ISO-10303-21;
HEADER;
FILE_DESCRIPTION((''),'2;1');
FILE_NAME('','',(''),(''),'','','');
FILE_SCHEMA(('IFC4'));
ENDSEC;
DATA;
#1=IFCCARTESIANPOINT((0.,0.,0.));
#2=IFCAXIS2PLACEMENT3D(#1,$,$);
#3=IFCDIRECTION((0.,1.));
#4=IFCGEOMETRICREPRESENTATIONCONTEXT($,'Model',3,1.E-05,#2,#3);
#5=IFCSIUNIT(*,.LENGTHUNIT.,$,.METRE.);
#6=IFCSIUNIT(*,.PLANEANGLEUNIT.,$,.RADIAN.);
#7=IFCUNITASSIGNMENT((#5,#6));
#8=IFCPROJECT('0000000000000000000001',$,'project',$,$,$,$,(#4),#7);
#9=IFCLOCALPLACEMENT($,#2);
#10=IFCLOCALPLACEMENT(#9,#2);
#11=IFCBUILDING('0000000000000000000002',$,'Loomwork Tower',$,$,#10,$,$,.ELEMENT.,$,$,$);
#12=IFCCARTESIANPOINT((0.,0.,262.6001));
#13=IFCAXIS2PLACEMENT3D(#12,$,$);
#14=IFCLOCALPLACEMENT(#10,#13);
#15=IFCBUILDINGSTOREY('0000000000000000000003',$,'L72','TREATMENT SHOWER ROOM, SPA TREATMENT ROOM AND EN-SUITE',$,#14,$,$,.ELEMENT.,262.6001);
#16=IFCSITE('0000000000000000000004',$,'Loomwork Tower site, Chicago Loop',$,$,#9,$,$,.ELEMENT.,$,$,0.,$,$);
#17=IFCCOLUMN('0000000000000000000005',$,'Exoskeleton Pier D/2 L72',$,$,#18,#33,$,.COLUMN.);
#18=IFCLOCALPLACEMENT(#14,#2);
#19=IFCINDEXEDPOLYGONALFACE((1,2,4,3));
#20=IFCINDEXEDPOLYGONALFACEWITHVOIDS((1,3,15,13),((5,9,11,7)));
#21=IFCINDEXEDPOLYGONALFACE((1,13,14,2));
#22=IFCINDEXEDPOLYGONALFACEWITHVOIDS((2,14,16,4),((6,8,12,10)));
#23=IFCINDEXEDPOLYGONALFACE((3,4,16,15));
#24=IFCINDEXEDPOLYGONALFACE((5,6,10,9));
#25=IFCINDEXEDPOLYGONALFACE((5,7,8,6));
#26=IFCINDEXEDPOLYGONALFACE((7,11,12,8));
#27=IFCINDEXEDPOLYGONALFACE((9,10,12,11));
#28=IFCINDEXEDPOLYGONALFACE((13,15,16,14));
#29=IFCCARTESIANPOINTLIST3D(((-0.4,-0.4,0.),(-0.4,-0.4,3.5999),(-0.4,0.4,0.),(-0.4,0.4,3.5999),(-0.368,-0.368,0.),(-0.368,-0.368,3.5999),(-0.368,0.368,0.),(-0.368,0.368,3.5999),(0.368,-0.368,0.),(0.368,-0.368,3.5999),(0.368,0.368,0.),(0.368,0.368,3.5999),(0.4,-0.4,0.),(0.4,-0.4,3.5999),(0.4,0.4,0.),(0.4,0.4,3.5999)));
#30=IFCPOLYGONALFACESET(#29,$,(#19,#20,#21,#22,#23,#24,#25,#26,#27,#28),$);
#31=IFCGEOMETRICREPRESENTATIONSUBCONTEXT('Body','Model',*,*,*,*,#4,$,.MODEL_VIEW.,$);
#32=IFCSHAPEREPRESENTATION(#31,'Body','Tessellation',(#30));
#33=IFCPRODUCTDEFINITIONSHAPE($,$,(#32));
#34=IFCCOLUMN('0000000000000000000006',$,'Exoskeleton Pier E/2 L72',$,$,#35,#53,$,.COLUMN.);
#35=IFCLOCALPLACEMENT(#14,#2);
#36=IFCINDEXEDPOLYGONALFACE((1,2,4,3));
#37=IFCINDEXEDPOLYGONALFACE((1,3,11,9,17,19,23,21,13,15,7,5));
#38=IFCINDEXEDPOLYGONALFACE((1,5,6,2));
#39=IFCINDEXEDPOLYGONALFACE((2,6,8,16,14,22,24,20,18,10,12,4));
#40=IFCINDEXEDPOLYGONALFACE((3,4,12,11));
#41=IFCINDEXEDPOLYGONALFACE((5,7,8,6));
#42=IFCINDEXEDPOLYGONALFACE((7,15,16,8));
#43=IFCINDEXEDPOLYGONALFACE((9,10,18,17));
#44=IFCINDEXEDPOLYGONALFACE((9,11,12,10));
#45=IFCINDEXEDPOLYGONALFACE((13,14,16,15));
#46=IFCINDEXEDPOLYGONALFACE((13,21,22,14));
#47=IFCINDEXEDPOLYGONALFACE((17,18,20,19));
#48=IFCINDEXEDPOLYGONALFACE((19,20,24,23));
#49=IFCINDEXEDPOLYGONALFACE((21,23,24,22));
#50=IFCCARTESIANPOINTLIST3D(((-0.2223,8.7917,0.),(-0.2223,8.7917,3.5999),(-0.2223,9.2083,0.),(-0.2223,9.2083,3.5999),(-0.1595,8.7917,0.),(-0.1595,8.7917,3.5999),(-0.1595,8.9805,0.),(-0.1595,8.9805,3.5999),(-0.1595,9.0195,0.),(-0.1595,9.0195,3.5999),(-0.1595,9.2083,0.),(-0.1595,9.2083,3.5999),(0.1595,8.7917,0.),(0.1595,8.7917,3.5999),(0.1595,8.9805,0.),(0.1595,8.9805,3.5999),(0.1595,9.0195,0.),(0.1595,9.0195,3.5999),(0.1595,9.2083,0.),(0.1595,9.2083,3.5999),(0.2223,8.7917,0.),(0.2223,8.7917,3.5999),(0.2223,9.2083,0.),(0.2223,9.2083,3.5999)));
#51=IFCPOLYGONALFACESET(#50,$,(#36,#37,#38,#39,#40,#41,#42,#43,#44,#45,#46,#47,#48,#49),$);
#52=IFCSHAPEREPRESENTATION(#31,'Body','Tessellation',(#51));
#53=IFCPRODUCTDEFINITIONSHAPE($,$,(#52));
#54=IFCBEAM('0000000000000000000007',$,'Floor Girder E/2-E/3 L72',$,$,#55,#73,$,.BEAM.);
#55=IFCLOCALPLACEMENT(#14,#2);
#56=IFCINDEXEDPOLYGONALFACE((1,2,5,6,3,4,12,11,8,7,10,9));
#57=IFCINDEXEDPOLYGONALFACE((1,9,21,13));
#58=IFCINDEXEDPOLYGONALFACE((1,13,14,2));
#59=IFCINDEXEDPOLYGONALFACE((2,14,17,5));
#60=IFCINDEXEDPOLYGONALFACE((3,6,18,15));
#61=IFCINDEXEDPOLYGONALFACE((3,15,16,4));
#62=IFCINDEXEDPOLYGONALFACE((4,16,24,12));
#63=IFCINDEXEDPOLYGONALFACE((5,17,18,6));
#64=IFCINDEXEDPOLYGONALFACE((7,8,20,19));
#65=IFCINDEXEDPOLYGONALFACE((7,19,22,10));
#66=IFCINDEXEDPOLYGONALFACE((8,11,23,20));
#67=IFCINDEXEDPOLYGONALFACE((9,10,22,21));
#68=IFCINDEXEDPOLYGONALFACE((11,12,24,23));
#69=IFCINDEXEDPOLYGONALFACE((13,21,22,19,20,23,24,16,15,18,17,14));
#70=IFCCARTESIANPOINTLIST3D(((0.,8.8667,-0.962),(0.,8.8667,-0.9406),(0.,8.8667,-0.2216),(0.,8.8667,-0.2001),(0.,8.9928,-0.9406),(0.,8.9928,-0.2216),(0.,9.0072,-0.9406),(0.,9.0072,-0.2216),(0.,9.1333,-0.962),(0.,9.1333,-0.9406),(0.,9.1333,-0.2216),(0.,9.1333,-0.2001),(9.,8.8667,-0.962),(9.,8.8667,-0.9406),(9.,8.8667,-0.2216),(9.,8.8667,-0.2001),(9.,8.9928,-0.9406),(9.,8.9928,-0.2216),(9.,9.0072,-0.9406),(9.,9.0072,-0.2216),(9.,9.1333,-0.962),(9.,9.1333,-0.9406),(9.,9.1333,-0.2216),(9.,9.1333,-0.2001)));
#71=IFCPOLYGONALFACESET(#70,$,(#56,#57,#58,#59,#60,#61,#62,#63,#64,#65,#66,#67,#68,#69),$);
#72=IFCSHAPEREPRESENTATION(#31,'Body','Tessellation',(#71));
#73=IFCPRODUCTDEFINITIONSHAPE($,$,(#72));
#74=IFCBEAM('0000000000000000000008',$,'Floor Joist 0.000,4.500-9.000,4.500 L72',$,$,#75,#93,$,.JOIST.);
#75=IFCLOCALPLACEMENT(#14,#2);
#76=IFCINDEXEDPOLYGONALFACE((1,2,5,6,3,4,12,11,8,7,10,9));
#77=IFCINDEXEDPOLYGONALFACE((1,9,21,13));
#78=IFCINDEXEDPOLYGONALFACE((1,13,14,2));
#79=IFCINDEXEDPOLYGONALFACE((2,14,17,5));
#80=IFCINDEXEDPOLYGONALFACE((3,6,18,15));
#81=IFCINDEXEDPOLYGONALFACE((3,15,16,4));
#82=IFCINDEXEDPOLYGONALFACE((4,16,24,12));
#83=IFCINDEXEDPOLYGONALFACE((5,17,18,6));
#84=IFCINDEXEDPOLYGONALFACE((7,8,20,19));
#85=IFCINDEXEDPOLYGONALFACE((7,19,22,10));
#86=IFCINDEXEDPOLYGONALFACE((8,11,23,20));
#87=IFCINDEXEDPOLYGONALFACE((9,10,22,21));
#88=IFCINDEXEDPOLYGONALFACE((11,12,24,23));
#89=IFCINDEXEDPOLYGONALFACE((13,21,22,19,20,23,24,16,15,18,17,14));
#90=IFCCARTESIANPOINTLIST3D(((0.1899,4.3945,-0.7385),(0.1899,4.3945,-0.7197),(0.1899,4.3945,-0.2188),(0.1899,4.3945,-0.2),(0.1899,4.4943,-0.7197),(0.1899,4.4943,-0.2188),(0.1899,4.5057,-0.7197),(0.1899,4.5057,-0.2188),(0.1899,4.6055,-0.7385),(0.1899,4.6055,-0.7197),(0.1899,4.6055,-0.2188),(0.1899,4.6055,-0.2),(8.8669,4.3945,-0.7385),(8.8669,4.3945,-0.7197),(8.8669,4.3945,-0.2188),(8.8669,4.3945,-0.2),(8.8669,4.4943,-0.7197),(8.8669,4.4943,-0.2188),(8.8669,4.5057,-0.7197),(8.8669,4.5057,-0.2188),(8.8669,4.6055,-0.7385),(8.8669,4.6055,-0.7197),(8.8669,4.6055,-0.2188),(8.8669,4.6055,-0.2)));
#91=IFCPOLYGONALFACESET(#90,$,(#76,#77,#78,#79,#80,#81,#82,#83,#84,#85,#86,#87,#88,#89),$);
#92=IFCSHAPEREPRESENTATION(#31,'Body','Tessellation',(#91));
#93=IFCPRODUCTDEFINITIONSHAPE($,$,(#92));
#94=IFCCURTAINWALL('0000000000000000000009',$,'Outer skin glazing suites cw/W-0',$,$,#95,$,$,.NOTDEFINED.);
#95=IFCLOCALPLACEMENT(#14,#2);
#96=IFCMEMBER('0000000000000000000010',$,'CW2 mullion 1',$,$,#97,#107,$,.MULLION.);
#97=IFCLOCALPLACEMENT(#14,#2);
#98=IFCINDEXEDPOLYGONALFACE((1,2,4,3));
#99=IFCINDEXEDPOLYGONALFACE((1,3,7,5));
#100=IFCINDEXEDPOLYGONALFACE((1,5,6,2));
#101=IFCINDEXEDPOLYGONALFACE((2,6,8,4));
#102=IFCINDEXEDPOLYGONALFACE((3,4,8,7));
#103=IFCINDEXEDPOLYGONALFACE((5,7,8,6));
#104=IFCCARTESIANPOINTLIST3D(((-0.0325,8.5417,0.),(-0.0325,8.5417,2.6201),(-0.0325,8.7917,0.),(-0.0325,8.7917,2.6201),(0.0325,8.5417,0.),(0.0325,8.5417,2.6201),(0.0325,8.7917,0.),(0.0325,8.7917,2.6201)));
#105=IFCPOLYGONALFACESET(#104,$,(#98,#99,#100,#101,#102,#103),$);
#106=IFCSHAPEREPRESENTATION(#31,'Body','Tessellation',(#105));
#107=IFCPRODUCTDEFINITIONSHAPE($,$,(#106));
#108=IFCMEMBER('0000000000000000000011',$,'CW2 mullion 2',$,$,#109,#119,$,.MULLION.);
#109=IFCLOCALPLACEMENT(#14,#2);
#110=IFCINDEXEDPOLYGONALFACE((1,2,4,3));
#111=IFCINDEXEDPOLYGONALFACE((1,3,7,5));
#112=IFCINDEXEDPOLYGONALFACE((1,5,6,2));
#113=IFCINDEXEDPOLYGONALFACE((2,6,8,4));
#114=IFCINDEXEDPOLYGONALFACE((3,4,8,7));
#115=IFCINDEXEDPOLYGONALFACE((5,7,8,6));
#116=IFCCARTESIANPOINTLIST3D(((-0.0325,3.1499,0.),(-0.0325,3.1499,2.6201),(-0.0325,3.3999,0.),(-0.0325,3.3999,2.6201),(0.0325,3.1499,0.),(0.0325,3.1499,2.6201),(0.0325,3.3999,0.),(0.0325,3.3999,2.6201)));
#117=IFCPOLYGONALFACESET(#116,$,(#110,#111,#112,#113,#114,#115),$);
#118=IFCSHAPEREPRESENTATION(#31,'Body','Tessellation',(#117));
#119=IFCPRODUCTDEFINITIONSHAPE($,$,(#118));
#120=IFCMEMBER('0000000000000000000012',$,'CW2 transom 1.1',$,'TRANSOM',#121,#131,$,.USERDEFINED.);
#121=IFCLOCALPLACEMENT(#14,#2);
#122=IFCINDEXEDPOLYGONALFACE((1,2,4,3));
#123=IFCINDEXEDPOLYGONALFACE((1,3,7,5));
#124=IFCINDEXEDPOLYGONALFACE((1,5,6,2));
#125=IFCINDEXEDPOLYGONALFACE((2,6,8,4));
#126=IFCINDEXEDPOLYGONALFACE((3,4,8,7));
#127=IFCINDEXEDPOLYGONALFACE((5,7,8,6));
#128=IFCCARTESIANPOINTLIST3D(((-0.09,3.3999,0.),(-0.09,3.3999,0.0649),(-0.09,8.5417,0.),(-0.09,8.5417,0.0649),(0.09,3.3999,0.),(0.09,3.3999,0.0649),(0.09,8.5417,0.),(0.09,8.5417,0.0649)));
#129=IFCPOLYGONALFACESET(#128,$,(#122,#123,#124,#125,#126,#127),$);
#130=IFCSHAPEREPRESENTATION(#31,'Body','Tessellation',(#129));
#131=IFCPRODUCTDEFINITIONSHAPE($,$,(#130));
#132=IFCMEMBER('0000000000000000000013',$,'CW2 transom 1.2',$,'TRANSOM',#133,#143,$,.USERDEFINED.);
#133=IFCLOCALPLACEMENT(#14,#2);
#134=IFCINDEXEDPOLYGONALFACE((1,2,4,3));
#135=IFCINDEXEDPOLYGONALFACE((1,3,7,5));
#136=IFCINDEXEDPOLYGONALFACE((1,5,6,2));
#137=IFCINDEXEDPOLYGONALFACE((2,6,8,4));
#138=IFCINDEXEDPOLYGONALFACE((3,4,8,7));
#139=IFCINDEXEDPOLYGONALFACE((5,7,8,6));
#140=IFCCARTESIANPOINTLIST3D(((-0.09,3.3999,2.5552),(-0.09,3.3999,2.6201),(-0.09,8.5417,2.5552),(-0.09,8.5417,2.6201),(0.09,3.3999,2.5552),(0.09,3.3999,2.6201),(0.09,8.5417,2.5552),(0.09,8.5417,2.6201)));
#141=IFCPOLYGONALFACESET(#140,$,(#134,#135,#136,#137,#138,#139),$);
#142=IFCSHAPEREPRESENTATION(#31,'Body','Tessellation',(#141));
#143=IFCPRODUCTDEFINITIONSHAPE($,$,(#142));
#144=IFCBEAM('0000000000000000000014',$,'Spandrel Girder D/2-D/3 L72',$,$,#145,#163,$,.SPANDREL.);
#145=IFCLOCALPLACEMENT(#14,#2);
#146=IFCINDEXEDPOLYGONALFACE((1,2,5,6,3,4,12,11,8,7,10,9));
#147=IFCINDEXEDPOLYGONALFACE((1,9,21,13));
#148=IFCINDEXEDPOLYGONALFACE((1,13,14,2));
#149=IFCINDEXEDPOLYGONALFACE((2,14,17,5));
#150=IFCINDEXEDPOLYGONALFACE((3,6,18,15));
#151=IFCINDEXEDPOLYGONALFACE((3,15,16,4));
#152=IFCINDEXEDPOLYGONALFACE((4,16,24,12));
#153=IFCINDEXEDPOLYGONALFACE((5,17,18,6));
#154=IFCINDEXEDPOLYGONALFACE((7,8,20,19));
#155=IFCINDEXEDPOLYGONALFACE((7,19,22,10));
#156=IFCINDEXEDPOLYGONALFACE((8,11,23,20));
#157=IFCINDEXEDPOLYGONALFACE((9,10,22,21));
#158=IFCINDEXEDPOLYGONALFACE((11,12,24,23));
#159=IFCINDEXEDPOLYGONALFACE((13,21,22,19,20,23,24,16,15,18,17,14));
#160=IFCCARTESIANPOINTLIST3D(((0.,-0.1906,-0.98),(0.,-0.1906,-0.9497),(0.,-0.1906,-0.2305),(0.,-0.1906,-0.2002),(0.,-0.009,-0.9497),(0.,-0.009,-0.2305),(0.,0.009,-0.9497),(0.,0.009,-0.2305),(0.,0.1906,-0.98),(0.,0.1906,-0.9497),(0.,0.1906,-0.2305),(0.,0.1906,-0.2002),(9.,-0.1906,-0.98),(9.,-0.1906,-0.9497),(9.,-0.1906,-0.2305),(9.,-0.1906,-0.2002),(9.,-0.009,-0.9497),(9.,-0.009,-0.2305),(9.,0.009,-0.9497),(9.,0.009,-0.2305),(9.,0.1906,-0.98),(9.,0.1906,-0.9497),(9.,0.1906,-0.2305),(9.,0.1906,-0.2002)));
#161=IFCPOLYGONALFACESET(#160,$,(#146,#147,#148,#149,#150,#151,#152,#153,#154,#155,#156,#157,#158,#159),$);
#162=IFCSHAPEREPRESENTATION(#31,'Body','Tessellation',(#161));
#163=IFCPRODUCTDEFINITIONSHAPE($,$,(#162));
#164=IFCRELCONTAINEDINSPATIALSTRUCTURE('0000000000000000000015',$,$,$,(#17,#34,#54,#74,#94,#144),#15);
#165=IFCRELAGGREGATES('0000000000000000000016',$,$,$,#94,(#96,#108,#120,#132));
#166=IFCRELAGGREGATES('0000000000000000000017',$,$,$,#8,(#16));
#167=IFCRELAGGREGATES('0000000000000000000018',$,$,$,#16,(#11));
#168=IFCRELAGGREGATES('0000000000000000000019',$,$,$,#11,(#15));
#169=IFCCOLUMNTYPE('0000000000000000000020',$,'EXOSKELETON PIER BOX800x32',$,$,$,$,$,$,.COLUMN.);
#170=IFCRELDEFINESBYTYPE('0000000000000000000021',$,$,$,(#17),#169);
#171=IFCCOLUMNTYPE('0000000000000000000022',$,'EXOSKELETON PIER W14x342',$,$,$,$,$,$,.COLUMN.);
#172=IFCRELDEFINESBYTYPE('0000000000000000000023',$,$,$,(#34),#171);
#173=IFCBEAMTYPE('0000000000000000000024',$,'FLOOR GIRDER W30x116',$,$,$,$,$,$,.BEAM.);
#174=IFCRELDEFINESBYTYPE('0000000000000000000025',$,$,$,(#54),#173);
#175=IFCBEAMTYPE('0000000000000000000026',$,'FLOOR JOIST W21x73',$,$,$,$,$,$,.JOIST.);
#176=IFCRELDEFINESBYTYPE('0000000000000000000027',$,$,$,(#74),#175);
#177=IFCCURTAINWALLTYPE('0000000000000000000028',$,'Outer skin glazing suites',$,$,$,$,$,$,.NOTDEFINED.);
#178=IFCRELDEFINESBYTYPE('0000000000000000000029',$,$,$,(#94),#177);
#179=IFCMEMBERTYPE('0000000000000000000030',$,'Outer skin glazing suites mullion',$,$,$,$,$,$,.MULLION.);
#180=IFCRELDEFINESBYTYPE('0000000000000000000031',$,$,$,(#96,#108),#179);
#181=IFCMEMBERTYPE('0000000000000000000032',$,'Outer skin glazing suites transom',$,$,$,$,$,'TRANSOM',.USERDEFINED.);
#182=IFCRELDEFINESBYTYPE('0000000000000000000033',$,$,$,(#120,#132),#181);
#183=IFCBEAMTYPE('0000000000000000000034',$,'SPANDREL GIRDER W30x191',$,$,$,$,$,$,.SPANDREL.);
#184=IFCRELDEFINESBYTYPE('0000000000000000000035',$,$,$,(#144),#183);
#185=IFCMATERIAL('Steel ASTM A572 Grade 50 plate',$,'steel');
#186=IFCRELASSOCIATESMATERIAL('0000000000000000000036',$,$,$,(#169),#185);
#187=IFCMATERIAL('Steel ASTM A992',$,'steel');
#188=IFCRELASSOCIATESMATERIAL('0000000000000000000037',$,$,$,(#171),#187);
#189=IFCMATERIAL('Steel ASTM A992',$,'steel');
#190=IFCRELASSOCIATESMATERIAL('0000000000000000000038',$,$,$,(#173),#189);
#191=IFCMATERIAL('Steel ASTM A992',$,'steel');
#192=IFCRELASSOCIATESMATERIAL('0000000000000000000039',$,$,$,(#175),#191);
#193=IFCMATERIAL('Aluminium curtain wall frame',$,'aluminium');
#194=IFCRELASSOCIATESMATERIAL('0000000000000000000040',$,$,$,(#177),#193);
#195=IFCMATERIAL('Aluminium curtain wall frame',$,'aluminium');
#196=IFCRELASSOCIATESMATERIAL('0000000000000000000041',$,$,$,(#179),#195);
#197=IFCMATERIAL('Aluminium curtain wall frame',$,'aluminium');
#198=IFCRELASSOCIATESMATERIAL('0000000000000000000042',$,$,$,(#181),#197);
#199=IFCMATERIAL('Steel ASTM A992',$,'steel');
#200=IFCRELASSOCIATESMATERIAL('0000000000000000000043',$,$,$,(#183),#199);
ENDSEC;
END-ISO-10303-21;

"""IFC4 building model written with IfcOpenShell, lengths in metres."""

from ifc_helpers import new_model, si_unit, direction, frame, origin, origin_with_axes, origin_2d, place, context, subcontext, project, spatial, rectangle, hollow_rectangle, i_section, extrude, material, material_profile, profile_set, type_object, element, aggregate, save


model = new_model("IFC4")

# Units and contexts
model_context = context("Model", 3, precision=1e-05, world=origin(), true_north=direction((0.0, 1.0)))
body_context = subcontext(model_context, "Body", "Model", "MODEL_VIEW")
ifc_project = project(units=[si_unit("LENGTHUNIT", "METRE"), si_unit("PLANEANGLEUNIT", "RADIAN")], contexts=[model_context])

# Site, building, storey
site_placement = place(None, origin())
site = spatial("IfcSite", under=ifc_project, at=site_placement, Name="Loomwork Tower site, Chicago Loop", CompositionType="ELEMENT", RefElevation=0.0)
building_placement = place(site_placement, origin())
building = spatial("IfcBuilding", under=site, at=building_placement, Name="Loomwork Tower", CompositionType="ELEMENT")
storey_placement = place(building_placement, frame((0.0, 0.0, 262.6001)))
storey = spatial("IfcBuildingStorey", under=building, at=storey_placement, Name="L72", Description="TREATMENT SHOWER ROOM, SPA TREATMENT ROOM AND EN-SUITE", CompositionType="ELEMENT", Elevation=262.6001)

# Columns
ifc_material_1 = material(Name="Steel ASTM A572 Grade 50 plate", Category="steel")
ifc_material_profile_1 = material_profile(ifc_material_1, hollow_rectangle(XDim=0.8, YDim=0.8, WallThickness=0.032, at=origin_2d()), Name="BOX800x32")
ifc_profile_set_1 = profile_set([ifc_material_profile_1], Name="Steel ASTM A572 Grade 50 plate")
column_type_1 = type_object("IfcColumnType", Name="EXOSKELETON PIER BOX800x32", PredefinedType="COLUMN", material=ifc_profile_set_1)
column_1_placement = place(storey_placement, origin_with_axes())
element("IfcColumn", 1, at=column_1_placement, inside=storey, type_object=column_type_1, Name="Exoskeleton Pier D/2 L72", PredefinedType="COLUMN", context=body_context, shape_type="SweptSolid", body=[
    extrude(hollow_rectangle(XDim=0.8, YDim=0.8, WallThickness=0.032, at=origin_2d()), origin(), (0.0, 0.0, 1.0), 3.5999),
])
ifc_material_2 = material(Name="Steel ASTM A992", Category="steel")
ifc_material_profile_2 = material_profile(ifc_material_2, i_section(OverallWidth=0.4165, OverallDepth=0.4446, WebThickness=0.0391, FlangeThickness=0.0627, at=origin_2d()), Name="W14x342")
ifc_profile_set_2 = profile_set([ifc_material_profile_2], Name="Steel ASTM A992")
column_type_2 = type_object("IfcColumnType", Name="EXOSKELETON PIER W14x342", PredefinedType="COLUMN", material=ifc_profile_set_2)
column_2_placement = place(storey_placement, frame((0.0, 9.0, 0.0), z_axis=(0.0, 0.0, 1.0), x_axis=(0.0, 1.0, 0.0)))
element("IfcColumn", 2, at=column_2_placement, inside=storey, type_object=column_type_2, Name="Exoskeleton Pier E/2 L72", PredefinedType="COLUMN", context=body_context, shape_type="SweptSolid", body=[
    extrude(i_section(OverallWidth=0.4165, OverallDepth=0.4446, WebThickness=0.0391, FlangeThickness=0.0627, at=origin_2d()), origin(), (0.0, 0.0, 1.0), 3.5999),
])

# Beams
ifc_material_3 = material(Name="Steel ASTM A992", Category="steel")
ifc_material_profile_3 = material_profile(ifc_material_3, i_section(OverallWidth=0.2666, OverallDepth=0.762, WebThickness=0.0144, FlangeThickness=0.0215, at=origin_2d()), Name="W30x116")
ifc_profile_set_3 = profile_set([ifc_material_profile_3], Name="Steel ASTM A992")
beam_type_1 = type_object("IfcBeamType", Name="FLOOR GIRDER W30x116", PredefinedType="BEAM", material=ifc_profile_set_3)
beam_1_placement = place(storey_placement, frame((0.0, 9.0, -0.5811), z_axis=(1.0, 0.0, 0.0), x_axis=(0.0, 1.0, 0.0)))
element("IfcBeam", 3, at=beam_1_placement, inside=storey, type_object=beam_type_1, Name="Floor Girder E/2-E/3 L72", PredefinedType="BEAM", context=body_context, shape_type="SweptSolid", body=[
    extrude(i_section(OverallWidth=0.2666, OverallDepth=0.762, WebThickness=0.0144, FlangeThickness=0.0215, at=origin_2d()), origin(), (0.0, 0.0, 1.0), 9.0),
])
ifc_material_4 = material(Name="Steel ASTM A992", Category="steel")
ifc_material_profile_4 = material_profile(ifc_material_4, i_section(OverallWidth=0.2109, OverallDepth=0.5386, WebThickness=0.0115, FlangeThickness=0.0188, at=origin_2d()), Name="W21x73")
ifc_profile_set_4 = profile_set([ifc_material_profile_4], Name="Steel ASTM A992")
beam_type_2 = type_object("IfcBeamType", Name="FLOOR JOIST W21x73", PredefinedType="JOIST", material=ifc_profile_set_4)
beam_2_placement = place(storey_placement, frame((0.1899, 4.5, -0.4692), z_axis=(1.0, 0.0, 0.0), x_axis=(0.0, 1.0, 0.0)))
element("IfcBeam", 4, at=beam_2_placement, inside=storey, type_object=beam_type_2, Name="Floor Joist 0.000,4.500-9.000,4.500 L72", PredefinedType="JOIST", context=body_context, shape_type="SweptSolid", body=[
    extrude(i_section(OverallWidth=0.2109, OverallDepth=0.5386, WebThickness=0.0115, FlangeThickness=0.0188, at=origin_2d()), origin(), (0.0, 0.0, 1.0), 8.677),
])

# Curtain wall, members
ifc_material_5 = material(Name="Aluminium curtain wall frame", Category="aluminium")
curtain_wall_type = type_object("IfcCurtainWallType", Name="Outer skin glazing suites", PredefinedType="NOTDEFINED", material=ifc_material_5)
curtain_wall_placement = place(storey_placement, origin())
curtain_wall = element("IfcCurtainWall", 5, at=curtain_wall_placement, inside=storey, type_object=curtain_wall_type, Name="Outer skin glazing suites cw/W-0", PredefinedType="NOTDEFINED")
ifc_material_6 = material(Name="Aluminium curtain wall frame", Category="aluminium")
ifc_material_profile_5 = material_profile(ifc_material_6, rectangle(XDim=0.0649, YDim=0.25, at=origin_2d()), Name="AL 65x250")
ifc_profile_set_5 = profile_set([ifc_material_profile_5], Name="Aluminium curtain wall frame")
member_type_1 = type_object("IfcMemberType", Name="Outer skin glazing suites mullion", PredefinedType="MULLION", material=ifc_profile_set_5)
member_1_placement = place(storey_placement, frame((0.0, 8.6667, 0.0), z_axis=(0.0, 0.0, 1.0), x_axis=(1.0, 0.0, 0.0)))
member_1 = element("IfcMember", 6, at=member_1_placement, type_object=member_type_1, Name="CW2 mullion 1", PredefinedType="MULLION", context=body_context, shape_type="SweptSolid", body=[
    extrude(rectangle(XDim=0.0649, YDim=0.25, at=origin_2d()), origin(), (0.0, 0.0, 1.0), 2.6201),
])
member_2_placement = place(storey_placement, frame((0.0, 3.2749, 0.0), z_axis=(0.0, 0.0, 1.0), x_axis=(1.0, 0.0, 0.0)))
member_2 = element("IfcMember", 7, at=member_2_placement, type_object=member_type_1, Name="CW2 mullion 2", PredefinedType="MULLION", context=body_context, shape_type="SweptSolid", body=[
    extrude(rectangle(XDim=0.0649, YDim=0.25, at=origin_2d()), origin(), (0.0, 0.0, 1.0), 2.6201),
])
ifc_material_7 = material(Name="Aluminium curtain wall frame", Category="aluminium")
ifc_material_profile_6 = material_profile(ifc_material_7, rectangle(XDim=0.1799, YDim=0.0649, at=origin_2d()), Name="AL 65x180")
ifc_profile_set_6 = profile_set([ifc_material_profile_6], Name="Aluminium curtain wall frame")
member_type_2 = type_object("IfcMemberType", Name="Outer skin glazing suites transom", ElementType="TRANSOM", PredefinedType="USERDEFINED", material=ifc_profile_set_6)
member_3_placement = place(storey_placement, frame((0.0, 8.5417, 0.0325), z_axis=(0.0, -1.0, 0.0), x_axis=(1.0, 0.0, 0.0)))
member_3 = element("IfcMember", 8, at=member_3_placement, type_object=member_type_2, Name="CW2 transom 1.1", ObjectType="TRANSOM", PredefinedType="USERDEFINED", context=body_context, shape_type="SweptSolid", body=[
    extrude(rectangle(XDim=0.1799, YDim=0.0649, at=origin_2d()), origin(), (0.0, 0.0, 1.0), 5.1418),
])
member_4_placement = place(storey_placement, frame((0.0, 8.5417, 2.5876), z_axis=(0.0, -1.0, 0.0), x_axis=(1.0, 0.0, 0.0)))
member_4 = element("IfcMember", 9, at=member_4_placement, type_object=member_type_2, Name="CW2 transom 1.2", ObjectType="TRANSOM", PredefinedType="USERDEFINED", context=body_context, shape_type="SweptSolid", body=[
    extrude(rectangle(XDim=0.1799, YDim=0.0649, at=origin_2d()), origin(), (0.0, 0.0, 1.0), 5.1418),
])

# Beam
ifc_material_8 = material(Name="Steel ASTM A992", Category="steel")
ifc_material_profile_7 = material_profile(ifc_material_8, i_section(OverallWidth=0.3811, OverallDepth=0.7798, WebThickness=0.0181, FlangeThickness=0.0303, at=origin_2d()), Name="W30x191")
ifc_profile_set_7 = profile_set([ifc_material_profile_7], Name="Steel ASTM A992")
beam_type_3 = type_object("IfcBeamType", Name="SPANDREL GIRDER W30x191", PredefinedType="SPANDREL", material=ifc_profile_set_7)
for number, where, z_axis, x_axis, name in (
    (10, (0.0, 0.0, -0.5901), (1.0, 0.0, 0.0), (0.0, 1.0, 0.0), "Spandrel Girder D/2-D/3 L72"),
):
    element("IfcBeam", number, at=place(storey_placement, frame(where, z_axis=z_axis, x_axis=x_axis)), inside=storey, type_object=beam_type_3, Name=name, PredefinedType="SPANDREL", context=body_context, shape_type="SweptSolid", body=[
        extrude(i_section(OverallWidth=0.3811, OverallDepth=0.7798, WebThickness=0.0181, FlangeThickness=0.0303, at=origin_2d()), origin(), (0.0, 0.0, 1.0), 9.0),
    ])

aggregate(curtain_wall, [member_1, member_2, member_3, member_4])

save(model, "model.ifc")
